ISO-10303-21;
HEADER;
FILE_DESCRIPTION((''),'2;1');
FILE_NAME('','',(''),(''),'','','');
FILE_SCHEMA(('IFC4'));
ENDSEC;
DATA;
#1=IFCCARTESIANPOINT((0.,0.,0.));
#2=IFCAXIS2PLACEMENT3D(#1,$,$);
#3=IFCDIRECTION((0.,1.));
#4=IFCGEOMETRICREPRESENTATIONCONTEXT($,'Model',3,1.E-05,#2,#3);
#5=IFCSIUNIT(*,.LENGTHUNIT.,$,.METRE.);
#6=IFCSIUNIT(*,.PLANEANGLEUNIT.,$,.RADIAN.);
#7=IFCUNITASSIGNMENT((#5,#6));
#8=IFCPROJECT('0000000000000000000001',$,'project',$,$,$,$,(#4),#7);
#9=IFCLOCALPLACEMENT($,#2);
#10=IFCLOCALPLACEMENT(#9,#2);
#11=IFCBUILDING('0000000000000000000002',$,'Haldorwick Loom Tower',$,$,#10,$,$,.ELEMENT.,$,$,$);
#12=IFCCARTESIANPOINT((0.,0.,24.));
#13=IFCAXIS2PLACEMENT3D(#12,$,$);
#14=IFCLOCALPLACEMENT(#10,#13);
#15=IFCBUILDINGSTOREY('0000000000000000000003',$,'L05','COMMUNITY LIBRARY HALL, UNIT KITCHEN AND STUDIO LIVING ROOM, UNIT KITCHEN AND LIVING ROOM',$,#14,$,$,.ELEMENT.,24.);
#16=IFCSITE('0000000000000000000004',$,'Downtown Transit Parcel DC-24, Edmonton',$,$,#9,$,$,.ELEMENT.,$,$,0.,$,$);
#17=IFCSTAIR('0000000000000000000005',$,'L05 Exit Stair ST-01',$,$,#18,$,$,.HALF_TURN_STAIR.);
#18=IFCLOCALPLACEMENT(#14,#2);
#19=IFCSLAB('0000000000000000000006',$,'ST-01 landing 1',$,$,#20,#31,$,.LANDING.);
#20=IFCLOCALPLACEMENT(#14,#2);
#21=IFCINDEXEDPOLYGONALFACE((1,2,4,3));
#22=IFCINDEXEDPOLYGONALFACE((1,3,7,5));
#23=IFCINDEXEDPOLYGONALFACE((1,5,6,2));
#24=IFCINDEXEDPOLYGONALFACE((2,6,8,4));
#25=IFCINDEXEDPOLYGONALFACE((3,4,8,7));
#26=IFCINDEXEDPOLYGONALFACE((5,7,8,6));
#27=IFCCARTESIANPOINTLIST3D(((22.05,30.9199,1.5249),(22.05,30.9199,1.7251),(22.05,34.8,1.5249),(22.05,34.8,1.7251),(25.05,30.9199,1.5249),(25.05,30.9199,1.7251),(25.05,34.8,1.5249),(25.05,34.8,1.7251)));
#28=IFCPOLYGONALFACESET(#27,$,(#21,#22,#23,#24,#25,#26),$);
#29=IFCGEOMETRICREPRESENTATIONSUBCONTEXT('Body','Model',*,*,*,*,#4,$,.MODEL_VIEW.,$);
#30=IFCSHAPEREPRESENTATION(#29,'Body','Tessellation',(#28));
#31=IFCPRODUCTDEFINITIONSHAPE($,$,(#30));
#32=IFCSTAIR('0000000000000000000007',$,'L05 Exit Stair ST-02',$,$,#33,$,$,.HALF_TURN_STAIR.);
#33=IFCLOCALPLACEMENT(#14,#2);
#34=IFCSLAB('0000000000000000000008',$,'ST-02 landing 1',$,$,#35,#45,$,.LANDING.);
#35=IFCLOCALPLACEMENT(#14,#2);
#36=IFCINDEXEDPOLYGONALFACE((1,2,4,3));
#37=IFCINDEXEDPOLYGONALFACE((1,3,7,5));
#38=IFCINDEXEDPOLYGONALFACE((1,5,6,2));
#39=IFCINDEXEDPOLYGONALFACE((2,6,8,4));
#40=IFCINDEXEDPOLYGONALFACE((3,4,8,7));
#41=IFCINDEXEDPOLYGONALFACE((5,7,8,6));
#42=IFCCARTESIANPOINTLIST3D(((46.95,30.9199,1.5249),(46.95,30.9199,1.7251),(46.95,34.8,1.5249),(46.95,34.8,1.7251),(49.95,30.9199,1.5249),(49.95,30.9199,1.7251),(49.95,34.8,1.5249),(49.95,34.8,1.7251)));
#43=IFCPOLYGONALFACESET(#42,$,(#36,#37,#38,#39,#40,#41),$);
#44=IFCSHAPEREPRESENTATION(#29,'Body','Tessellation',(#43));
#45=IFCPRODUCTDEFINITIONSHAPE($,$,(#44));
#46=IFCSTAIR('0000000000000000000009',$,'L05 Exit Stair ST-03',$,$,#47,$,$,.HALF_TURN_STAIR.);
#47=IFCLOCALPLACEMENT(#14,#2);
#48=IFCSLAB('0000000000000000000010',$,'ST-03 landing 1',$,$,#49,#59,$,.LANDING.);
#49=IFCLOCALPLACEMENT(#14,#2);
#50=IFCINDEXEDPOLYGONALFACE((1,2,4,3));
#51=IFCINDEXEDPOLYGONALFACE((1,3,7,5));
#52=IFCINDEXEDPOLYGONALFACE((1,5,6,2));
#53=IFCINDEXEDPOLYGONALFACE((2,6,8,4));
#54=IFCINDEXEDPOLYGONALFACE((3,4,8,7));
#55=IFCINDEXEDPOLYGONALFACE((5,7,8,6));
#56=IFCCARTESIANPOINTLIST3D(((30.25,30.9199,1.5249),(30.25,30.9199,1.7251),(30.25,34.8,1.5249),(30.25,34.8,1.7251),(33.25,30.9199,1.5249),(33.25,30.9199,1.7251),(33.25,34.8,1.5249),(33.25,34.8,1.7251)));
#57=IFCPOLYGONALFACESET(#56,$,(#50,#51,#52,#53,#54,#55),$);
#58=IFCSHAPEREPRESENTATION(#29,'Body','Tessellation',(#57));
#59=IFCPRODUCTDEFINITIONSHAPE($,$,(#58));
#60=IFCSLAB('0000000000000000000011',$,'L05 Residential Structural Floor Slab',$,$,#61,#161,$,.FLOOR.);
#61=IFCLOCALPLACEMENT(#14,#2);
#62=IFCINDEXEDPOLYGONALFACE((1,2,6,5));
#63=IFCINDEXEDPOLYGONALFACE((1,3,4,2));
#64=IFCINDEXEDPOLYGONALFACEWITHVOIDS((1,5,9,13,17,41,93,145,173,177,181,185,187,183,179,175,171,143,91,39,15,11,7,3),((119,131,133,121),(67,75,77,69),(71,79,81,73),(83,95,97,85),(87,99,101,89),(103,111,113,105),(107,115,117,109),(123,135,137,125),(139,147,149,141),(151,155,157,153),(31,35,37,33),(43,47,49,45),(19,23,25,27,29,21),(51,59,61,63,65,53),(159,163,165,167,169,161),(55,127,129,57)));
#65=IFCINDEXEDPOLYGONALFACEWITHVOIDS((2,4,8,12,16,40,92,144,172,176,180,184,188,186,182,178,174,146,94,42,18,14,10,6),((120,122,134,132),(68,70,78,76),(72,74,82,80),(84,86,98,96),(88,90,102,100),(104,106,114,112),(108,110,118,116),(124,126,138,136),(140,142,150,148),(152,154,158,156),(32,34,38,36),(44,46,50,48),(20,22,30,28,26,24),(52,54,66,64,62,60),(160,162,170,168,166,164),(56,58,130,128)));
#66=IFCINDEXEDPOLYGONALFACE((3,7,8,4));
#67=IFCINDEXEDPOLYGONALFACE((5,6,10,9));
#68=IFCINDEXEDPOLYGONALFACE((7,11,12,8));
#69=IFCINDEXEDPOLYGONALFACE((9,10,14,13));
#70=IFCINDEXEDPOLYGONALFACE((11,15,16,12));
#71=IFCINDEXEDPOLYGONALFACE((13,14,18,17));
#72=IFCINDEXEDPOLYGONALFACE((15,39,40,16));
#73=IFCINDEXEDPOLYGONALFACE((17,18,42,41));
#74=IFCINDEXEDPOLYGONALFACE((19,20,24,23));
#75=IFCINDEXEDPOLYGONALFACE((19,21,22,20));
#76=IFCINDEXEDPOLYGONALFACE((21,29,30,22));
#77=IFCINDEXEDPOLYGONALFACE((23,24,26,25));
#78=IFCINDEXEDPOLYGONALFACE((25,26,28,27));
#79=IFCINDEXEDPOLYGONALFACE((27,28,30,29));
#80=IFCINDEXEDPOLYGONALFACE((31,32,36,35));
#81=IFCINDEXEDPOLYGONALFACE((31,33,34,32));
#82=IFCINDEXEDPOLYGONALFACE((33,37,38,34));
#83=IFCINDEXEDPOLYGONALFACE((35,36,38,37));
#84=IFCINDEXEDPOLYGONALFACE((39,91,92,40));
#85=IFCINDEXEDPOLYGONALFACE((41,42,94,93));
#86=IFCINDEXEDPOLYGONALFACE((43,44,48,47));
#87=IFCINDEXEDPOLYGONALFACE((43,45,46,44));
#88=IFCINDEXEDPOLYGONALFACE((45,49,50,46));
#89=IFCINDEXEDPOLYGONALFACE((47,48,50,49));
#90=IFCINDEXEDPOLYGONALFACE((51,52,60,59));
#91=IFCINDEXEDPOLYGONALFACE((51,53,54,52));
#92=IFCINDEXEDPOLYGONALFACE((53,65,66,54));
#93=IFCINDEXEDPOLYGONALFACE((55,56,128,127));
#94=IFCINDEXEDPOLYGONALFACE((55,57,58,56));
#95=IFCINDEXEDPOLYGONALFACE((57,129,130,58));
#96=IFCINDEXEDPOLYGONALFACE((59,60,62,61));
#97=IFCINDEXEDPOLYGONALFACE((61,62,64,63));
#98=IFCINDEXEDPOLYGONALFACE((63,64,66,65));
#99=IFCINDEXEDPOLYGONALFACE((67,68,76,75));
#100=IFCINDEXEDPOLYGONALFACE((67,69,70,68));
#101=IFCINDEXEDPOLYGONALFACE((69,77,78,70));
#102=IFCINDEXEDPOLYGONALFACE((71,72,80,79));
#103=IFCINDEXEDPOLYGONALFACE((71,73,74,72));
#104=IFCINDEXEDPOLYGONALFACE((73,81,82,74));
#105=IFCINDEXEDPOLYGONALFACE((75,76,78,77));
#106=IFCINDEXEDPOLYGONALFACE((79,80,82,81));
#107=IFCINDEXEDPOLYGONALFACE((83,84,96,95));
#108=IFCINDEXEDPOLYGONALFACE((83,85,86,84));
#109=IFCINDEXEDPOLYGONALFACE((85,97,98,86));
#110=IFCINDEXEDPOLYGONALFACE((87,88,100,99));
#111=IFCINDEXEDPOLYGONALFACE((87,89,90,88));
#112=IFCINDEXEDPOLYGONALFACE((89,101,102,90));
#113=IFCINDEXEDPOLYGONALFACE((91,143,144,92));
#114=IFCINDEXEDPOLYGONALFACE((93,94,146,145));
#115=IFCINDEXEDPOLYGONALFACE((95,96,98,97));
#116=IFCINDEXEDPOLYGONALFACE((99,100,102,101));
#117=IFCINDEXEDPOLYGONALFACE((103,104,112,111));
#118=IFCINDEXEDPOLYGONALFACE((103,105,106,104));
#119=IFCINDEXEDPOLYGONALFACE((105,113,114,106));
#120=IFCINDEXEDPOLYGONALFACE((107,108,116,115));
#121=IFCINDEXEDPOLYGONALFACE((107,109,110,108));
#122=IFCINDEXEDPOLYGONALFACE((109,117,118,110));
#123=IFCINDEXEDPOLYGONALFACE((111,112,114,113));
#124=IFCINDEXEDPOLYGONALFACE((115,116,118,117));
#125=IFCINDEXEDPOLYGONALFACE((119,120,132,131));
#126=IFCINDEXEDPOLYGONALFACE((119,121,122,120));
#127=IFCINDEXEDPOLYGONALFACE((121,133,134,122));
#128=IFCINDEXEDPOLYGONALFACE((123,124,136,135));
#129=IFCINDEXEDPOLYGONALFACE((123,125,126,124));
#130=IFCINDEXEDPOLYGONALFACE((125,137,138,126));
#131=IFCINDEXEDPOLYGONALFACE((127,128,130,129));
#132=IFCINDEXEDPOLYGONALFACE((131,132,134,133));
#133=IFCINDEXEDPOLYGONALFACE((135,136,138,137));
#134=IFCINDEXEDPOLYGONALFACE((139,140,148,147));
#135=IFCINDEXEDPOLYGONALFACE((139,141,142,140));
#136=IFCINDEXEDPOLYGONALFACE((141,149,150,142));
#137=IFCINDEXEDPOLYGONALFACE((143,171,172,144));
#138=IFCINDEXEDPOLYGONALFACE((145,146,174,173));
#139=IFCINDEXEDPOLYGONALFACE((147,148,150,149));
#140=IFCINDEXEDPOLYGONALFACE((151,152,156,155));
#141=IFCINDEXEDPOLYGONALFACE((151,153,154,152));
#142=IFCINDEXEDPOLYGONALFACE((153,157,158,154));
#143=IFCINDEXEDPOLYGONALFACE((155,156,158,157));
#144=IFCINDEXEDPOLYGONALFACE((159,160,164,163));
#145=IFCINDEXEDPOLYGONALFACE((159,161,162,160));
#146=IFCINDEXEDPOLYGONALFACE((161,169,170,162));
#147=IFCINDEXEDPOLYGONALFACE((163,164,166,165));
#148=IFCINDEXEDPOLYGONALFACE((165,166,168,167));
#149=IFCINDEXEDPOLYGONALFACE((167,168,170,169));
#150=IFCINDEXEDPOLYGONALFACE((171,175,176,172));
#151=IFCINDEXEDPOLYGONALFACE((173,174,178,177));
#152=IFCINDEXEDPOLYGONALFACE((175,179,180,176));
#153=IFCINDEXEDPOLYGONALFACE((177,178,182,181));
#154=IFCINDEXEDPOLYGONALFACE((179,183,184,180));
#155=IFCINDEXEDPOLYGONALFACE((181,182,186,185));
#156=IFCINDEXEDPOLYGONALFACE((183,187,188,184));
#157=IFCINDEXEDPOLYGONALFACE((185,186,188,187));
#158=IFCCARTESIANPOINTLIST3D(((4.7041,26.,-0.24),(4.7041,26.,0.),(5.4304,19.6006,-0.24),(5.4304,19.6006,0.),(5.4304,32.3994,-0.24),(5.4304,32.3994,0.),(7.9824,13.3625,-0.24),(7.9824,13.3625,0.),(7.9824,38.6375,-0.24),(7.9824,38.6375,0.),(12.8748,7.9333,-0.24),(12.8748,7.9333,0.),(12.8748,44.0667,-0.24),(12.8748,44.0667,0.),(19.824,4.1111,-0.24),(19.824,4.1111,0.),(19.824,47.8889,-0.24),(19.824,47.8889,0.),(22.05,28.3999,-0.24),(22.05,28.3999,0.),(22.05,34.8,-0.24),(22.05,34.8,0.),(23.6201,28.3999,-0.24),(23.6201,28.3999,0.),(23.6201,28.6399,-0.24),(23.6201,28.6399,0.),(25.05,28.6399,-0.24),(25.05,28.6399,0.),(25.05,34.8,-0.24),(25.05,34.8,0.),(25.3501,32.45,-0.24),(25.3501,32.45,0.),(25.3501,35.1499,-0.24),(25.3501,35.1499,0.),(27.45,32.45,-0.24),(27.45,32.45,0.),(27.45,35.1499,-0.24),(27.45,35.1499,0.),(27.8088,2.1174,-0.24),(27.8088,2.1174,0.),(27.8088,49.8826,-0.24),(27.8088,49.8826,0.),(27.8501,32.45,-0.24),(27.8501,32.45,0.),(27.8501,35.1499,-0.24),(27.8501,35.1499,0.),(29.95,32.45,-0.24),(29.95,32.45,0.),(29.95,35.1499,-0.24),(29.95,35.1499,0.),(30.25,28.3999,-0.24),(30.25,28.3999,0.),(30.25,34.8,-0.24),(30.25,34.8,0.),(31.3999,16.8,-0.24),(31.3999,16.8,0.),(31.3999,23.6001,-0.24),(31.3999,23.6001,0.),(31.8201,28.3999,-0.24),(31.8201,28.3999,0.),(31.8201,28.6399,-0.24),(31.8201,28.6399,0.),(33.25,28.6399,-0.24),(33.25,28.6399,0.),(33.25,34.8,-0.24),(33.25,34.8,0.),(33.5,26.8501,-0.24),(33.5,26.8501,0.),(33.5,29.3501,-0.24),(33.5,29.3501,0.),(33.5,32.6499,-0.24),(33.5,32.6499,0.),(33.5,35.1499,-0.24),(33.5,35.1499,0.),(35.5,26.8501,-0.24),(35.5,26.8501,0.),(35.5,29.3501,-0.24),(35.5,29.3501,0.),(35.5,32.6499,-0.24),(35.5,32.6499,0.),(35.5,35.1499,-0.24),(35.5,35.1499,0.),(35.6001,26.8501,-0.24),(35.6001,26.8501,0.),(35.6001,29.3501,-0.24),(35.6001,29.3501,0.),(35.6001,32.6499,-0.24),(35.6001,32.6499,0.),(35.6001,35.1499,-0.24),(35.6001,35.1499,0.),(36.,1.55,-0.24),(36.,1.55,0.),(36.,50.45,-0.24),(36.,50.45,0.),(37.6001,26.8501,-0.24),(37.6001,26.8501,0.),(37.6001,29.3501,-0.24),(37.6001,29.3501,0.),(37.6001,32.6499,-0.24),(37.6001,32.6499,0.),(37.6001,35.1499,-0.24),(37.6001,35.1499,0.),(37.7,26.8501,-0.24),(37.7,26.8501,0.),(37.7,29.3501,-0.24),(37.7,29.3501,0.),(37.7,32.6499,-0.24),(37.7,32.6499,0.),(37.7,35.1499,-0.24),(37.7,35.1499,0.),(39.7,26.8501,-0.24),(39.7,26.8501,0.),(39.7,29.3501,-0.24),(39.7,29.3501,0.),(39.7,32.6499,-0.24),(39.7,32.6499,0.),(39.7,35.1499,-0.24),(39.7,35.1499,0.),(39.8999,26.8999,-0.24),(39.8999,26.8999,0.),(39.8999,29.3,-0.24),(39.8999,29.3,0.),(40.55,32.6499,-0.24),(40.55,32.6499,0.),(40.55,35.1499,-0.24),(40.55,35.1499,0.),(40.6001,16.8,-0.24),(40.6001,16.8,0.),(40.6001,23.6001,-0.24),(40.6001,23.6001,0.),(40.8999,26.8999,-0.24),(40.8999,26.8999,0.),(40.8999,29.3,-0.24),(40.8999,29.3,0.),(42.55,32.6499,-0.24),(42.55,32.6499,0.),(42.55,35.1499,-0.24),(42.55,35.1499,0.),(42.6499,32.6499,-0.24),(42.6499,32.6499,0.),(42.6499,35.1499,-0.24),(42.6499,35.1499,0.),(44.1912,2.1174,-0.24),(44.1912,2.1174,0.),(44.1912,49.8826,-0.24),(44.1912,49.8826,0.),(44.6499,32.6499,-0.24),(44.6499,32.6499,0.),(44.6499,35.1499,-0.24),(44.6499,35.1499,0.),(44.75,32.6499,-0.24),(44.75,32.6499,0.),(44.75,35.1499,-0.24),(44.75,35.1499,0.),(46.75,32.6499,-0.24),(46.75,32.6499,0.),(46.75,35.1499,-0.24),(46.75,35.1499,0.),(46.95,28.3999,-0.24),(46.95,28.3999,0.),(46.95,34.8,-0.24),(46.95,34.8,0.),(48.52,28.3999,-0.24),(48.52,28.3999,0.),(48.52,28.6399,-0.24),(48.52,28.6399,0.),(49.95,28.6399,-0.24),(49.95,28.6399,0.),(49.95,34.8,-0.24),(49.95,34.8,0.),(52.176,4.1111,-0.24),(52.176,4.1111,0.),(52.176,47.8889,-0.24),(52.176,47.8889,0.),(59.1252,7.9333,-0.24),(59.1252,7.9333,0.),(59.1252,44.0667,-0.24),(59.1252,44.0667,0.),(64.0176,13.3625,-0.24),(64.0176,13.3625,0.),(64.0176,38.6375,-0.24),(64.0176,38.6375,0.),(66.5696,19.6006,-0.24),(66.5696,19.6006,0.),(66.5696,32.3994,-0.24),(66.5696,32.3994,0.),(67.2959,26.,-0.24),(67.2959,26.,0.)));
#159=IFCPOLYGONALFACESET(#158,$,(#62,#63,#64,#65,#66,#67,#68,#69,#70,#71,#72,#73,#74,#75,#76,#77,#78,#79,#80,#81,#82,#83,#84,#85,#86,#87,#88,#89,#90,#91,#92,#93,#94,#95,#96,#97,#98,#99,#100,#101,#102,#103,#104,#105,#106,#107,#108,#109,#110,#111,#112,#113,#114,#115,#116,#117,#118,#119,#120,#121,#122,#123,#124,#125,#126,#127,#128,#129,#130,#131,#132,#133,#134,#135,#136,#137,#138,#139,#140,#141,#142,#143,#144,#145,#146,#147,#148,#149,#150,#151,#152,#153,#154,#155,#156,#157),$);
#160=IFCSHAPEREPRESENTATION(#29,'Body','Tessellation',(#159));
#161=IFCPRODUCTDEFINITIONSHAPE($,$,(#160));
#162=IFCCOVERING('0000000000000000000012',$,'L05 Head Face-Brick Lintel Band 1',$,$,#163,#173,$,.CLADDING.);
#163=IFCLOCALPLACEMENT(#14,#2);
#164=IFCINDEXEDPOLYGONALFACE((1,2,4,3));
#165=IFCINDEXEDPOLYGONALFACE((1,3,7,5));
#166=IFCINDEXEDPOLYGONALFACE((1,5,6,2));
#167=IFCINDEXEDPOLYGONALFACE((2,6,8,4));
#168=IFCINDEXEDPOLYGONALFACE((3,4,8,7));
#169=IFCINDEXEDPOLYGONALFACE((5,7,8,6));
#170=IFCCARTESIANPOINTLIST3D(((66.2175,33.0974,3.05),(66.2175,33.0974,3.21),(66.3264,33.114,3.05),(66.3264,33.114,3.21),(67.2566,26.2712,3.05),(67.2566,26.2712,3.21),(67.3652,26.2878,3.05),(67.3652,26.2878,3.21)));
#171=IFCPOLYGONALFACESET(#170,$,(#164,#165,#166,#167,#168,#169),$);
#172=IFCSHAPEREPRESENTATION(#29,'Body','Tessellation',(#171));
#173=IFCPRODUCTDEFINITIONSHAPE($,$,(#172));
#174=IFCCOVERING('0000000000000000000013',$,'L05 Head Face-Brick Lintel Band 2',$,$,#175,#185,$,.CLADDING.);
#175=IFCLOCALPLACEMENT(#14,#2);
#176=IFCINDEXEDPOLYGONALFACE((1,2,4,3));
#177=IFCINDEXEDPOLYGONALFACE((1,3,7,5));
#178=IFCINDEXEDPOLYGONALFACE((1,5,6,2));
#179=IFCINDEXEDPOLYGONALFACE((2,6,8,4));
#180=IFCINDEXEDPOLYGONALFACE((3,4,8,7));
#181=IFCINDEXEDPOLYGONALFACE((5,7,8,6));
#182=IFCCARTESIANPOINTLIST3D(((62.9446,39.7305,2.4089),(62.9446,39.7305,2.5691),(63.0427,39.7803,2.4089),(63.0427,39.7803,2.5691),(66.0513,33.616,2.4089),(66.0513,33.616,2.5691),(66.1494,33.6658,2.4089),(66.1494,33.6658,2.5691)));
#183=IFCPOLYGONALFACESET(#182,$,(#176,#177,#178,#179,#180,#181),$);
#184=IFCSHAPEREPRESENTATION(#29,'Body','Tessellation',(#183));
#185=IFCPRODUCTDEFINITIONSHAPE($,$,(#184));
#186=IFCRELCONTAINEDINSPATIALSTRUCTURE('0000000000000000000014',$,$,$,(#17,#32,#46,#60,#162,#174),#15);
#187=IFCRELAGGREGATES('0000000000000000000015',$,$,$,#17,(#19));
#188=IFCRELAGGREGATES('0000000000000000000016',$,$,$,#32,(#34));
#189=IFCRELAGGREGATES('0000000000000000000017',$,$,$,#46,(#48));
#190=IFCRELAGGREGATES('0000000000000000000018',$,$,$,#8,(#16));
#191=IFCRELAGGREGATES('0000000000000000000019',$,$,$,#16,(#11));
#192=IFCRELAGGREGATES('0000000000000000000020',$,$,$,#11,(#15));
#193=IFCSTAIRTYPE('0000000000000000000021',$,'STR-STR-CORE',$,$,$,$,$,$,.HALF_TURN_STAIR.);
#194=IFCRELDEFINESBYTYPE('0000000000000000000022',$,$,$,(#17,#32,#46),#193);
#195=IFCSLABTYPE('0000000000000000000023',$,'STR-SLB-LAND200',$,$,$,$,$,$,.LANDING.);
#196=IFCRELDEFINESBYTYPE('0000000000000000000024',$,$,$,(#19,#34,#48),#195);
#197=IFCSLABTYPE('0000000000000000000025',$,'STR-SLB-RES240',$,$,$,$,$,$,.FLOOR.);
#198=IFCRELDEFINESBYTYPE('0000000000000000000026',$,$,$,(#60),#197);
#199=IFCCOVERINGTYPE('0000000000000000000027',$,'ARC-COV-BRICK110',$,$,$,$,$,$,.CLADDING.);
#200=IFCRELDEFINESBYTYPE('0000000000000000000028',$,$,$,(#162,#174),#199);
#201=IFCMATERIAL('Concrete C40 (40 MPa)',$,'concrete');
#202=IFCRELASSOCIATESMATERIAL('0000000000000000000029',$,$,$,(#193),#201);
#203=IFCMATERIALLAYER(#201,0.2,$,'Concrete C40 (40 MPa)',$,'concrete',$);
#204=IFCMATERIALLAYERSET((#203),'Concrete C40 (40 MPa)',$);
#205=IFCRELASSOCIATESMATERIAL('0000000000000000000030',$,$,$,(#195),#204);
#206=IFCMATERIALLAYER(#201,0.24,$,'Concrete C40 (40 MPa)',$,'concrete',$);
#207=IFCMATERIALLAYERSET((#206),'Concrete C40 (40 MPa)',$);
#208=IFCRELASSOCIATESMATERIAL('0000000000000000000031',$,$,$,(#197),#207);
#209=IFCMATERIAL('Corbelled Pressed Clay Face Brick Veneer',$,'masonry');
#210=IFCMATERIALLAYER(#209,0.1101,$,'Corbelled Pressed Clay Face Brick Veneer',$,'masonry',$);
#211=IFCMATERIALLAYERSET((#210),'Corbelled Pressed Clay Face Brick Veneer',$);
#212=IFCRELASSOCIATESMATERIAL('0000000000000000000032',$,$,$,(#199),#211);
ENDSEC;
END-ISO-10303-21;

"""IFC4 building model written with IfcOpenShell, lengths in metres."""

from ifc_helpers import new_model, si_unit, direction, frame, origin, place, context, subcontext, project, spatial, polyline, outline, extrude, material, layer, layer_set, type_object, element, aggregate, save


model = new_model("IFC4")

# Units and contexts
model_context = context("Model", 3, precision=1e-05, world=origin(), true_north=direction((0.0, 1.0)))
body_context = subcontext(model_context, "Body", "Model", "MODEL_VIEW")
ifc_project = project(units=[si_unit("LENGTHUNIT", "METRE"), si_unit("PLANEANGLEUNIT", "RADIAN")], contexts=[model_context])

# Site, building, storey
site_placement = place(None, origin())
site = spatial("IfcSite", under=ifc_project, at=site_placement, Name="Downtown Transit Parcel DC-24, Edmonton", CompositionType="ELEMENT", RefElevation=0.0)
building_placement = place(site_placement, origin())
building = spatial("IfcBuilding", under=site, at=building_placement, Name="Haldorwick Loom Tower", CompositionType="ELEMENT")
storey_placement = place(building_placement, frame((0.0, 0.0, 24.0)))
storey = spatial("IfcBuildingStorey", under=building, at=storey_placement, Name="L05", Description="COMMUNITY LIBRARY HALL, UNIT KITCHEN AND STUDIO LIVING ROOM, UNIT KITCHEN AND LIVING ROOM", CompositionType="ELEMENT", Elevation=24.0)

# Stairs, slabs
ifc_material_1 = material(Name="Concrete C40 (40 MPa)", Category="concrete")
stair_type = type_object("IfcStairType", Name="STR-STR-CORE", PredefinedType="HALF_TURN_STAIR", material=ifc_material_1)
stair_1_placement = place(storey_placement, origin())
stair_1 = element("IfcStair", 1, at=stair_1_placement, inside=storey, type_object=stair_type, Name="L05 Exit Stair ST-01", PredefinedType="HALF_TURN_STAIR")
ifc_layer_1 = layer(ifc_material_1, 0.2, Name="Concrete C40 (40 MPa)", Category="concrete")
ifc_layer_set_1 = layer_set([ifc_layer_1], Name="Concrete C40 (40 MPa)")
slab_type_1 = type_object("IfcSlabType", Name="STR-SLB-LAND200", PredefinedType="LANDING", material=ifc_layer_set_1)
slab_1_placement = place(storey_placement, frame((0.0, 0.0, 1.5249)))
slab_1 = element("IfcSlab", 2, at=slab_1_placement, type_object=slab_type_1, Name="ST-01 landing 1", PredefinedType="LANDING", context=body_context, shape_type="SweptSolid", body=[
    extrude(outline(polyline([(25.05, 30.9199), (25.05, 34.8), (22.05, 34.8), (22.05, 30.9199), (25.05, 30.9199)])), origin(), (0.0, 0.0, 1.0), 0.2002),
])
aggregate(stair_1, [slab_1])
stair_2_placement = place(storey_placement, origin())
stair_2 = element("IfcStair", 3, at=stair_2_placement, inside=storey, type_object=stair_type, Name="L05 Exit Stair ST-02", PredefinedType="HALF_TURN_STAIR")
slab_2_placement = place(storey_placement, frame((0.0, 0.0, 1.5249)))
slab_2 = element("IfcSlab", 4, at=slab_2_placement, type_object=slab_type_1, Name="ST-02 landing 1", PredefinedType="LANDING", context=body_context, shape_type="SweptSolid", body=[
    extrude(outline(polyline([(49.95, 30.9199), (49.95, 34.8), (46.95, 34.8), (46.95, 30.9199), (49.95, 30.9199)])), origin(), (0.0, 0.0, 1.0), 0.2002),
])
aggregate(stair_2, [slab_2])
stair_3_placement = place(storey_placement, origin())
stair_3 = element("IfcStair", 5, at=stair_3_placement, inside=storey, type_object=stair_type, Name="L05 Exit Stair ST-03", PredefinedType="HALF_TURN_STAIR")
slab_3_placement = place(storey_placement, frame((0.0, 0.0, 1.5249)))
slab_3 = element("IfcSlab", 6, at=slab_3_placement, type_object=slab_type_1, Name="ST-03 landing 1", PredefinedType="LANDING", context=body_context, shape_type="SweptSolid", body=[
    extrude(outline(polyline([(33.25, 30.9199), (33.25, 34.8), (30.25, 34.8), (30.25, 30.9199), (33.25, 30.9199)])), origin(), (0.0, 0.0, 1.0), 0.2002),
])
aggregate(stair_3, [slab_3])

# Slab
ifc_layer_2 = layer(ifc_material_1, 0.24, Name="Concrete C40 (40 MPa)", Category="concrete")
ifc_layer_set_2 = layer_set([ifc_layer_2], Name="Concrete C40 (40 MPa)")
slab_type_2 = type_object("IfcSlabType", Name="STR-SLB-RES240", PredefinedType="FLOOR", material=ifc_layer_set_2)
slab_4_placement = place(storey_placement, frame((0.0, 0.0, -0.24)))
element("IfcSlab", 7, at=slab_4_placement, inside=storey, type_object=slab_type_2, Name="L05 Residential Structural Floor Slab", PredefinedType="FLOOR", context=body_context, shape_type="SweptSolid", body=[
    extrude(outline(polyline([(59.1252, 7.9333), (64.0176, 13.3625), (66.5696, 19.6006), (67.2959, 26.0), (66.5696, 32.3994), (64.0176, 38.6375), (59.1252, 44.0667), (52.176, 47.8889), (44.1912, 49.8826), (36.0, 50.45), (27.8088, 49.8826), (19.824, 47.8889), (12.8748, 44.0667), (7.9824, 38.6375), (5.4304, 32.3994), (4.7041, 26.0), (5.4304, 19.6006), (7.9824, 13.3625), (12.8748, 7.9333), (19.824, 4.1111), (27.8088, 2.1174), (36.0, 1.55), (44.1912, 2.1174), (52.176, 4.1111), (59.1252, 7.9333)]), holes=[polyline([(31.3999, 23.6001), (40.6001, 23.6001), (40.6001, 16.8), (31.3999, 16.8), (31.3999, 23.6001)]), polyline([(33.5, 26.8501), (33.5, 29.3501), (35.5, 29.3501), (35.5, 26.8501), (33.5, 26.8501)]), polyline([(22.05, 28.3999), (22.05, 34.8), (25.05, 34.8), (25.05, 28.6399), (23.6201, 28.6399), (23.6201, 28.3999), (22.05, 28.3999)]), polyline([(30.25, 28.3999), (30.25, 34.8), (33.25, 34.8), (33.25, 28.6399), (31.8201, 28.6399), (31.8201, 28.3999), (30.25, 28.3999)]), polyline([(25.3501, 32.45), (25.3501, 35.1499), (27.45, 35.1499), (27.45, 32.45), (25.3501, 32.45)]), polyline([(27.8501, 32.45), (27.8501, 35.1499), (29.95, 35.1499), (29.95, 32.45), (27.8501, 32.45)]), polyline([(33.5, 32.6499), (33.5, 35.1499), (35.5, 35.1499), (35.5, 32.6499), (33.5, 32.6499)]), polyline([(35.6001, 32.6499), (35.6001, 35.1499), (37.6001, 35.1499), (37.6001, 32.6499), (35.6001, 32.6499)]), polyline([(35.6001, 26.8501), (35.6001, 29.3501), (37.6001, 29.3501), (37.6001, 26.8501), (35.6001, 26.8501)]), polyline([(37.7, 26.8501), (37.7, 29.3501), (39.7, 29.3501), (39.7, 26.8501), (37.7, 26.8501)]), polyline([(39.8999, 26.8999), (39.8999, 29.3), (40.8999, 29.3), (40.8999, 26.8999), (39.8999, 26.8999)]), polyline([(46.95, 28.3999), (46.95, 34.8), (49.95, 34.8), (49.95, 28.6399), (48.52, 28.6399), (48.52, 28.3999), (46.95, 28.3999)]), polyline([(37.7, 32.6499), (37.7, 35.1499), (39.7, 35.1499), (39.7, 32.6499), (37.7, 32.6499)]), polyline([(40.55, 32.6499), (40.55, 35.1499), (42.55, 35.1499), (42.55, 32.6499), (40.55, 32.6499)]), polyline([(42.6499, 32.6499), (42.6499, 35.1499), (44.6499, 35.1499), (44.6499, 32.6499), (42.6499, 32.6499)]), polyline([(44.75, 32.6499), (44.75, 35.1499), (46.75, 35.1499), (46.75, 32.6499), (44.75, 32.6499)])]), origin(), (0.0, 0.0, 1.0), 0.24),
])

# Coverings
ifc_material_2 = material(Name="Corbelled Pressed Clay Face Brick Veneer", Category="masonry")
ifc_layer_3 = layer(ifc_material_2, 0.1101, Name="Corbelled Pressed Clay Face Brick Veneer", Category="masonry")
ifc_layer_set_3 = layer_set([ifc_layer_3], Name="Corbelled Pressed Clay Face Brick Veneer")
covering_type_1 = type_object("IfcCoveringType", Name="ARC-COV-BRICK110", PredefinedType="CLADDING", material=ifc_layer_set_3)
covering_1_placement = place(storey_placement, frame((0.0, 0.0, 3.05)))
element("IfcCovering", 8, at=covering_1_placement, inside=storey, type_object=covering_type_1, Name="L05 Head Face-Brick Lintel Band 1", PredefinedType="CLADDING", context=body_context, shape_type="SweptSolid", body=[
    extrude(outline(polyline([(67.3652, 26.2878), (66.3264, 33.114), (66.2175, 33.0974), (67.2566, 26.2712), (67.3652, 26.2878)])), origin(), (0.0, 0.0, 1.0), 0.1599),
])
covering_2_placement = place(storey_placement, frame((0.0, 0.0, 2.4089)))
element("IfcCovering", 9, at=covering_2_placement, inside=storey, type_object=covering_type_1, Name="L05 Head Face-Brick Lintel Band 2", PredefinedType="CLADDING", context=body_context, shape_type="SweptSolid", body=[
    extrude(outline(polyline([(66.1494, 33.6658), (63.0427, 39.7803), (62.9446, 39.7305), (66.0513, 33.616), (66.1494, 33.6658)])), origin(), (0.0, 0.0, 1.0), 0.1602),
])

save(model, "model.ifc")
